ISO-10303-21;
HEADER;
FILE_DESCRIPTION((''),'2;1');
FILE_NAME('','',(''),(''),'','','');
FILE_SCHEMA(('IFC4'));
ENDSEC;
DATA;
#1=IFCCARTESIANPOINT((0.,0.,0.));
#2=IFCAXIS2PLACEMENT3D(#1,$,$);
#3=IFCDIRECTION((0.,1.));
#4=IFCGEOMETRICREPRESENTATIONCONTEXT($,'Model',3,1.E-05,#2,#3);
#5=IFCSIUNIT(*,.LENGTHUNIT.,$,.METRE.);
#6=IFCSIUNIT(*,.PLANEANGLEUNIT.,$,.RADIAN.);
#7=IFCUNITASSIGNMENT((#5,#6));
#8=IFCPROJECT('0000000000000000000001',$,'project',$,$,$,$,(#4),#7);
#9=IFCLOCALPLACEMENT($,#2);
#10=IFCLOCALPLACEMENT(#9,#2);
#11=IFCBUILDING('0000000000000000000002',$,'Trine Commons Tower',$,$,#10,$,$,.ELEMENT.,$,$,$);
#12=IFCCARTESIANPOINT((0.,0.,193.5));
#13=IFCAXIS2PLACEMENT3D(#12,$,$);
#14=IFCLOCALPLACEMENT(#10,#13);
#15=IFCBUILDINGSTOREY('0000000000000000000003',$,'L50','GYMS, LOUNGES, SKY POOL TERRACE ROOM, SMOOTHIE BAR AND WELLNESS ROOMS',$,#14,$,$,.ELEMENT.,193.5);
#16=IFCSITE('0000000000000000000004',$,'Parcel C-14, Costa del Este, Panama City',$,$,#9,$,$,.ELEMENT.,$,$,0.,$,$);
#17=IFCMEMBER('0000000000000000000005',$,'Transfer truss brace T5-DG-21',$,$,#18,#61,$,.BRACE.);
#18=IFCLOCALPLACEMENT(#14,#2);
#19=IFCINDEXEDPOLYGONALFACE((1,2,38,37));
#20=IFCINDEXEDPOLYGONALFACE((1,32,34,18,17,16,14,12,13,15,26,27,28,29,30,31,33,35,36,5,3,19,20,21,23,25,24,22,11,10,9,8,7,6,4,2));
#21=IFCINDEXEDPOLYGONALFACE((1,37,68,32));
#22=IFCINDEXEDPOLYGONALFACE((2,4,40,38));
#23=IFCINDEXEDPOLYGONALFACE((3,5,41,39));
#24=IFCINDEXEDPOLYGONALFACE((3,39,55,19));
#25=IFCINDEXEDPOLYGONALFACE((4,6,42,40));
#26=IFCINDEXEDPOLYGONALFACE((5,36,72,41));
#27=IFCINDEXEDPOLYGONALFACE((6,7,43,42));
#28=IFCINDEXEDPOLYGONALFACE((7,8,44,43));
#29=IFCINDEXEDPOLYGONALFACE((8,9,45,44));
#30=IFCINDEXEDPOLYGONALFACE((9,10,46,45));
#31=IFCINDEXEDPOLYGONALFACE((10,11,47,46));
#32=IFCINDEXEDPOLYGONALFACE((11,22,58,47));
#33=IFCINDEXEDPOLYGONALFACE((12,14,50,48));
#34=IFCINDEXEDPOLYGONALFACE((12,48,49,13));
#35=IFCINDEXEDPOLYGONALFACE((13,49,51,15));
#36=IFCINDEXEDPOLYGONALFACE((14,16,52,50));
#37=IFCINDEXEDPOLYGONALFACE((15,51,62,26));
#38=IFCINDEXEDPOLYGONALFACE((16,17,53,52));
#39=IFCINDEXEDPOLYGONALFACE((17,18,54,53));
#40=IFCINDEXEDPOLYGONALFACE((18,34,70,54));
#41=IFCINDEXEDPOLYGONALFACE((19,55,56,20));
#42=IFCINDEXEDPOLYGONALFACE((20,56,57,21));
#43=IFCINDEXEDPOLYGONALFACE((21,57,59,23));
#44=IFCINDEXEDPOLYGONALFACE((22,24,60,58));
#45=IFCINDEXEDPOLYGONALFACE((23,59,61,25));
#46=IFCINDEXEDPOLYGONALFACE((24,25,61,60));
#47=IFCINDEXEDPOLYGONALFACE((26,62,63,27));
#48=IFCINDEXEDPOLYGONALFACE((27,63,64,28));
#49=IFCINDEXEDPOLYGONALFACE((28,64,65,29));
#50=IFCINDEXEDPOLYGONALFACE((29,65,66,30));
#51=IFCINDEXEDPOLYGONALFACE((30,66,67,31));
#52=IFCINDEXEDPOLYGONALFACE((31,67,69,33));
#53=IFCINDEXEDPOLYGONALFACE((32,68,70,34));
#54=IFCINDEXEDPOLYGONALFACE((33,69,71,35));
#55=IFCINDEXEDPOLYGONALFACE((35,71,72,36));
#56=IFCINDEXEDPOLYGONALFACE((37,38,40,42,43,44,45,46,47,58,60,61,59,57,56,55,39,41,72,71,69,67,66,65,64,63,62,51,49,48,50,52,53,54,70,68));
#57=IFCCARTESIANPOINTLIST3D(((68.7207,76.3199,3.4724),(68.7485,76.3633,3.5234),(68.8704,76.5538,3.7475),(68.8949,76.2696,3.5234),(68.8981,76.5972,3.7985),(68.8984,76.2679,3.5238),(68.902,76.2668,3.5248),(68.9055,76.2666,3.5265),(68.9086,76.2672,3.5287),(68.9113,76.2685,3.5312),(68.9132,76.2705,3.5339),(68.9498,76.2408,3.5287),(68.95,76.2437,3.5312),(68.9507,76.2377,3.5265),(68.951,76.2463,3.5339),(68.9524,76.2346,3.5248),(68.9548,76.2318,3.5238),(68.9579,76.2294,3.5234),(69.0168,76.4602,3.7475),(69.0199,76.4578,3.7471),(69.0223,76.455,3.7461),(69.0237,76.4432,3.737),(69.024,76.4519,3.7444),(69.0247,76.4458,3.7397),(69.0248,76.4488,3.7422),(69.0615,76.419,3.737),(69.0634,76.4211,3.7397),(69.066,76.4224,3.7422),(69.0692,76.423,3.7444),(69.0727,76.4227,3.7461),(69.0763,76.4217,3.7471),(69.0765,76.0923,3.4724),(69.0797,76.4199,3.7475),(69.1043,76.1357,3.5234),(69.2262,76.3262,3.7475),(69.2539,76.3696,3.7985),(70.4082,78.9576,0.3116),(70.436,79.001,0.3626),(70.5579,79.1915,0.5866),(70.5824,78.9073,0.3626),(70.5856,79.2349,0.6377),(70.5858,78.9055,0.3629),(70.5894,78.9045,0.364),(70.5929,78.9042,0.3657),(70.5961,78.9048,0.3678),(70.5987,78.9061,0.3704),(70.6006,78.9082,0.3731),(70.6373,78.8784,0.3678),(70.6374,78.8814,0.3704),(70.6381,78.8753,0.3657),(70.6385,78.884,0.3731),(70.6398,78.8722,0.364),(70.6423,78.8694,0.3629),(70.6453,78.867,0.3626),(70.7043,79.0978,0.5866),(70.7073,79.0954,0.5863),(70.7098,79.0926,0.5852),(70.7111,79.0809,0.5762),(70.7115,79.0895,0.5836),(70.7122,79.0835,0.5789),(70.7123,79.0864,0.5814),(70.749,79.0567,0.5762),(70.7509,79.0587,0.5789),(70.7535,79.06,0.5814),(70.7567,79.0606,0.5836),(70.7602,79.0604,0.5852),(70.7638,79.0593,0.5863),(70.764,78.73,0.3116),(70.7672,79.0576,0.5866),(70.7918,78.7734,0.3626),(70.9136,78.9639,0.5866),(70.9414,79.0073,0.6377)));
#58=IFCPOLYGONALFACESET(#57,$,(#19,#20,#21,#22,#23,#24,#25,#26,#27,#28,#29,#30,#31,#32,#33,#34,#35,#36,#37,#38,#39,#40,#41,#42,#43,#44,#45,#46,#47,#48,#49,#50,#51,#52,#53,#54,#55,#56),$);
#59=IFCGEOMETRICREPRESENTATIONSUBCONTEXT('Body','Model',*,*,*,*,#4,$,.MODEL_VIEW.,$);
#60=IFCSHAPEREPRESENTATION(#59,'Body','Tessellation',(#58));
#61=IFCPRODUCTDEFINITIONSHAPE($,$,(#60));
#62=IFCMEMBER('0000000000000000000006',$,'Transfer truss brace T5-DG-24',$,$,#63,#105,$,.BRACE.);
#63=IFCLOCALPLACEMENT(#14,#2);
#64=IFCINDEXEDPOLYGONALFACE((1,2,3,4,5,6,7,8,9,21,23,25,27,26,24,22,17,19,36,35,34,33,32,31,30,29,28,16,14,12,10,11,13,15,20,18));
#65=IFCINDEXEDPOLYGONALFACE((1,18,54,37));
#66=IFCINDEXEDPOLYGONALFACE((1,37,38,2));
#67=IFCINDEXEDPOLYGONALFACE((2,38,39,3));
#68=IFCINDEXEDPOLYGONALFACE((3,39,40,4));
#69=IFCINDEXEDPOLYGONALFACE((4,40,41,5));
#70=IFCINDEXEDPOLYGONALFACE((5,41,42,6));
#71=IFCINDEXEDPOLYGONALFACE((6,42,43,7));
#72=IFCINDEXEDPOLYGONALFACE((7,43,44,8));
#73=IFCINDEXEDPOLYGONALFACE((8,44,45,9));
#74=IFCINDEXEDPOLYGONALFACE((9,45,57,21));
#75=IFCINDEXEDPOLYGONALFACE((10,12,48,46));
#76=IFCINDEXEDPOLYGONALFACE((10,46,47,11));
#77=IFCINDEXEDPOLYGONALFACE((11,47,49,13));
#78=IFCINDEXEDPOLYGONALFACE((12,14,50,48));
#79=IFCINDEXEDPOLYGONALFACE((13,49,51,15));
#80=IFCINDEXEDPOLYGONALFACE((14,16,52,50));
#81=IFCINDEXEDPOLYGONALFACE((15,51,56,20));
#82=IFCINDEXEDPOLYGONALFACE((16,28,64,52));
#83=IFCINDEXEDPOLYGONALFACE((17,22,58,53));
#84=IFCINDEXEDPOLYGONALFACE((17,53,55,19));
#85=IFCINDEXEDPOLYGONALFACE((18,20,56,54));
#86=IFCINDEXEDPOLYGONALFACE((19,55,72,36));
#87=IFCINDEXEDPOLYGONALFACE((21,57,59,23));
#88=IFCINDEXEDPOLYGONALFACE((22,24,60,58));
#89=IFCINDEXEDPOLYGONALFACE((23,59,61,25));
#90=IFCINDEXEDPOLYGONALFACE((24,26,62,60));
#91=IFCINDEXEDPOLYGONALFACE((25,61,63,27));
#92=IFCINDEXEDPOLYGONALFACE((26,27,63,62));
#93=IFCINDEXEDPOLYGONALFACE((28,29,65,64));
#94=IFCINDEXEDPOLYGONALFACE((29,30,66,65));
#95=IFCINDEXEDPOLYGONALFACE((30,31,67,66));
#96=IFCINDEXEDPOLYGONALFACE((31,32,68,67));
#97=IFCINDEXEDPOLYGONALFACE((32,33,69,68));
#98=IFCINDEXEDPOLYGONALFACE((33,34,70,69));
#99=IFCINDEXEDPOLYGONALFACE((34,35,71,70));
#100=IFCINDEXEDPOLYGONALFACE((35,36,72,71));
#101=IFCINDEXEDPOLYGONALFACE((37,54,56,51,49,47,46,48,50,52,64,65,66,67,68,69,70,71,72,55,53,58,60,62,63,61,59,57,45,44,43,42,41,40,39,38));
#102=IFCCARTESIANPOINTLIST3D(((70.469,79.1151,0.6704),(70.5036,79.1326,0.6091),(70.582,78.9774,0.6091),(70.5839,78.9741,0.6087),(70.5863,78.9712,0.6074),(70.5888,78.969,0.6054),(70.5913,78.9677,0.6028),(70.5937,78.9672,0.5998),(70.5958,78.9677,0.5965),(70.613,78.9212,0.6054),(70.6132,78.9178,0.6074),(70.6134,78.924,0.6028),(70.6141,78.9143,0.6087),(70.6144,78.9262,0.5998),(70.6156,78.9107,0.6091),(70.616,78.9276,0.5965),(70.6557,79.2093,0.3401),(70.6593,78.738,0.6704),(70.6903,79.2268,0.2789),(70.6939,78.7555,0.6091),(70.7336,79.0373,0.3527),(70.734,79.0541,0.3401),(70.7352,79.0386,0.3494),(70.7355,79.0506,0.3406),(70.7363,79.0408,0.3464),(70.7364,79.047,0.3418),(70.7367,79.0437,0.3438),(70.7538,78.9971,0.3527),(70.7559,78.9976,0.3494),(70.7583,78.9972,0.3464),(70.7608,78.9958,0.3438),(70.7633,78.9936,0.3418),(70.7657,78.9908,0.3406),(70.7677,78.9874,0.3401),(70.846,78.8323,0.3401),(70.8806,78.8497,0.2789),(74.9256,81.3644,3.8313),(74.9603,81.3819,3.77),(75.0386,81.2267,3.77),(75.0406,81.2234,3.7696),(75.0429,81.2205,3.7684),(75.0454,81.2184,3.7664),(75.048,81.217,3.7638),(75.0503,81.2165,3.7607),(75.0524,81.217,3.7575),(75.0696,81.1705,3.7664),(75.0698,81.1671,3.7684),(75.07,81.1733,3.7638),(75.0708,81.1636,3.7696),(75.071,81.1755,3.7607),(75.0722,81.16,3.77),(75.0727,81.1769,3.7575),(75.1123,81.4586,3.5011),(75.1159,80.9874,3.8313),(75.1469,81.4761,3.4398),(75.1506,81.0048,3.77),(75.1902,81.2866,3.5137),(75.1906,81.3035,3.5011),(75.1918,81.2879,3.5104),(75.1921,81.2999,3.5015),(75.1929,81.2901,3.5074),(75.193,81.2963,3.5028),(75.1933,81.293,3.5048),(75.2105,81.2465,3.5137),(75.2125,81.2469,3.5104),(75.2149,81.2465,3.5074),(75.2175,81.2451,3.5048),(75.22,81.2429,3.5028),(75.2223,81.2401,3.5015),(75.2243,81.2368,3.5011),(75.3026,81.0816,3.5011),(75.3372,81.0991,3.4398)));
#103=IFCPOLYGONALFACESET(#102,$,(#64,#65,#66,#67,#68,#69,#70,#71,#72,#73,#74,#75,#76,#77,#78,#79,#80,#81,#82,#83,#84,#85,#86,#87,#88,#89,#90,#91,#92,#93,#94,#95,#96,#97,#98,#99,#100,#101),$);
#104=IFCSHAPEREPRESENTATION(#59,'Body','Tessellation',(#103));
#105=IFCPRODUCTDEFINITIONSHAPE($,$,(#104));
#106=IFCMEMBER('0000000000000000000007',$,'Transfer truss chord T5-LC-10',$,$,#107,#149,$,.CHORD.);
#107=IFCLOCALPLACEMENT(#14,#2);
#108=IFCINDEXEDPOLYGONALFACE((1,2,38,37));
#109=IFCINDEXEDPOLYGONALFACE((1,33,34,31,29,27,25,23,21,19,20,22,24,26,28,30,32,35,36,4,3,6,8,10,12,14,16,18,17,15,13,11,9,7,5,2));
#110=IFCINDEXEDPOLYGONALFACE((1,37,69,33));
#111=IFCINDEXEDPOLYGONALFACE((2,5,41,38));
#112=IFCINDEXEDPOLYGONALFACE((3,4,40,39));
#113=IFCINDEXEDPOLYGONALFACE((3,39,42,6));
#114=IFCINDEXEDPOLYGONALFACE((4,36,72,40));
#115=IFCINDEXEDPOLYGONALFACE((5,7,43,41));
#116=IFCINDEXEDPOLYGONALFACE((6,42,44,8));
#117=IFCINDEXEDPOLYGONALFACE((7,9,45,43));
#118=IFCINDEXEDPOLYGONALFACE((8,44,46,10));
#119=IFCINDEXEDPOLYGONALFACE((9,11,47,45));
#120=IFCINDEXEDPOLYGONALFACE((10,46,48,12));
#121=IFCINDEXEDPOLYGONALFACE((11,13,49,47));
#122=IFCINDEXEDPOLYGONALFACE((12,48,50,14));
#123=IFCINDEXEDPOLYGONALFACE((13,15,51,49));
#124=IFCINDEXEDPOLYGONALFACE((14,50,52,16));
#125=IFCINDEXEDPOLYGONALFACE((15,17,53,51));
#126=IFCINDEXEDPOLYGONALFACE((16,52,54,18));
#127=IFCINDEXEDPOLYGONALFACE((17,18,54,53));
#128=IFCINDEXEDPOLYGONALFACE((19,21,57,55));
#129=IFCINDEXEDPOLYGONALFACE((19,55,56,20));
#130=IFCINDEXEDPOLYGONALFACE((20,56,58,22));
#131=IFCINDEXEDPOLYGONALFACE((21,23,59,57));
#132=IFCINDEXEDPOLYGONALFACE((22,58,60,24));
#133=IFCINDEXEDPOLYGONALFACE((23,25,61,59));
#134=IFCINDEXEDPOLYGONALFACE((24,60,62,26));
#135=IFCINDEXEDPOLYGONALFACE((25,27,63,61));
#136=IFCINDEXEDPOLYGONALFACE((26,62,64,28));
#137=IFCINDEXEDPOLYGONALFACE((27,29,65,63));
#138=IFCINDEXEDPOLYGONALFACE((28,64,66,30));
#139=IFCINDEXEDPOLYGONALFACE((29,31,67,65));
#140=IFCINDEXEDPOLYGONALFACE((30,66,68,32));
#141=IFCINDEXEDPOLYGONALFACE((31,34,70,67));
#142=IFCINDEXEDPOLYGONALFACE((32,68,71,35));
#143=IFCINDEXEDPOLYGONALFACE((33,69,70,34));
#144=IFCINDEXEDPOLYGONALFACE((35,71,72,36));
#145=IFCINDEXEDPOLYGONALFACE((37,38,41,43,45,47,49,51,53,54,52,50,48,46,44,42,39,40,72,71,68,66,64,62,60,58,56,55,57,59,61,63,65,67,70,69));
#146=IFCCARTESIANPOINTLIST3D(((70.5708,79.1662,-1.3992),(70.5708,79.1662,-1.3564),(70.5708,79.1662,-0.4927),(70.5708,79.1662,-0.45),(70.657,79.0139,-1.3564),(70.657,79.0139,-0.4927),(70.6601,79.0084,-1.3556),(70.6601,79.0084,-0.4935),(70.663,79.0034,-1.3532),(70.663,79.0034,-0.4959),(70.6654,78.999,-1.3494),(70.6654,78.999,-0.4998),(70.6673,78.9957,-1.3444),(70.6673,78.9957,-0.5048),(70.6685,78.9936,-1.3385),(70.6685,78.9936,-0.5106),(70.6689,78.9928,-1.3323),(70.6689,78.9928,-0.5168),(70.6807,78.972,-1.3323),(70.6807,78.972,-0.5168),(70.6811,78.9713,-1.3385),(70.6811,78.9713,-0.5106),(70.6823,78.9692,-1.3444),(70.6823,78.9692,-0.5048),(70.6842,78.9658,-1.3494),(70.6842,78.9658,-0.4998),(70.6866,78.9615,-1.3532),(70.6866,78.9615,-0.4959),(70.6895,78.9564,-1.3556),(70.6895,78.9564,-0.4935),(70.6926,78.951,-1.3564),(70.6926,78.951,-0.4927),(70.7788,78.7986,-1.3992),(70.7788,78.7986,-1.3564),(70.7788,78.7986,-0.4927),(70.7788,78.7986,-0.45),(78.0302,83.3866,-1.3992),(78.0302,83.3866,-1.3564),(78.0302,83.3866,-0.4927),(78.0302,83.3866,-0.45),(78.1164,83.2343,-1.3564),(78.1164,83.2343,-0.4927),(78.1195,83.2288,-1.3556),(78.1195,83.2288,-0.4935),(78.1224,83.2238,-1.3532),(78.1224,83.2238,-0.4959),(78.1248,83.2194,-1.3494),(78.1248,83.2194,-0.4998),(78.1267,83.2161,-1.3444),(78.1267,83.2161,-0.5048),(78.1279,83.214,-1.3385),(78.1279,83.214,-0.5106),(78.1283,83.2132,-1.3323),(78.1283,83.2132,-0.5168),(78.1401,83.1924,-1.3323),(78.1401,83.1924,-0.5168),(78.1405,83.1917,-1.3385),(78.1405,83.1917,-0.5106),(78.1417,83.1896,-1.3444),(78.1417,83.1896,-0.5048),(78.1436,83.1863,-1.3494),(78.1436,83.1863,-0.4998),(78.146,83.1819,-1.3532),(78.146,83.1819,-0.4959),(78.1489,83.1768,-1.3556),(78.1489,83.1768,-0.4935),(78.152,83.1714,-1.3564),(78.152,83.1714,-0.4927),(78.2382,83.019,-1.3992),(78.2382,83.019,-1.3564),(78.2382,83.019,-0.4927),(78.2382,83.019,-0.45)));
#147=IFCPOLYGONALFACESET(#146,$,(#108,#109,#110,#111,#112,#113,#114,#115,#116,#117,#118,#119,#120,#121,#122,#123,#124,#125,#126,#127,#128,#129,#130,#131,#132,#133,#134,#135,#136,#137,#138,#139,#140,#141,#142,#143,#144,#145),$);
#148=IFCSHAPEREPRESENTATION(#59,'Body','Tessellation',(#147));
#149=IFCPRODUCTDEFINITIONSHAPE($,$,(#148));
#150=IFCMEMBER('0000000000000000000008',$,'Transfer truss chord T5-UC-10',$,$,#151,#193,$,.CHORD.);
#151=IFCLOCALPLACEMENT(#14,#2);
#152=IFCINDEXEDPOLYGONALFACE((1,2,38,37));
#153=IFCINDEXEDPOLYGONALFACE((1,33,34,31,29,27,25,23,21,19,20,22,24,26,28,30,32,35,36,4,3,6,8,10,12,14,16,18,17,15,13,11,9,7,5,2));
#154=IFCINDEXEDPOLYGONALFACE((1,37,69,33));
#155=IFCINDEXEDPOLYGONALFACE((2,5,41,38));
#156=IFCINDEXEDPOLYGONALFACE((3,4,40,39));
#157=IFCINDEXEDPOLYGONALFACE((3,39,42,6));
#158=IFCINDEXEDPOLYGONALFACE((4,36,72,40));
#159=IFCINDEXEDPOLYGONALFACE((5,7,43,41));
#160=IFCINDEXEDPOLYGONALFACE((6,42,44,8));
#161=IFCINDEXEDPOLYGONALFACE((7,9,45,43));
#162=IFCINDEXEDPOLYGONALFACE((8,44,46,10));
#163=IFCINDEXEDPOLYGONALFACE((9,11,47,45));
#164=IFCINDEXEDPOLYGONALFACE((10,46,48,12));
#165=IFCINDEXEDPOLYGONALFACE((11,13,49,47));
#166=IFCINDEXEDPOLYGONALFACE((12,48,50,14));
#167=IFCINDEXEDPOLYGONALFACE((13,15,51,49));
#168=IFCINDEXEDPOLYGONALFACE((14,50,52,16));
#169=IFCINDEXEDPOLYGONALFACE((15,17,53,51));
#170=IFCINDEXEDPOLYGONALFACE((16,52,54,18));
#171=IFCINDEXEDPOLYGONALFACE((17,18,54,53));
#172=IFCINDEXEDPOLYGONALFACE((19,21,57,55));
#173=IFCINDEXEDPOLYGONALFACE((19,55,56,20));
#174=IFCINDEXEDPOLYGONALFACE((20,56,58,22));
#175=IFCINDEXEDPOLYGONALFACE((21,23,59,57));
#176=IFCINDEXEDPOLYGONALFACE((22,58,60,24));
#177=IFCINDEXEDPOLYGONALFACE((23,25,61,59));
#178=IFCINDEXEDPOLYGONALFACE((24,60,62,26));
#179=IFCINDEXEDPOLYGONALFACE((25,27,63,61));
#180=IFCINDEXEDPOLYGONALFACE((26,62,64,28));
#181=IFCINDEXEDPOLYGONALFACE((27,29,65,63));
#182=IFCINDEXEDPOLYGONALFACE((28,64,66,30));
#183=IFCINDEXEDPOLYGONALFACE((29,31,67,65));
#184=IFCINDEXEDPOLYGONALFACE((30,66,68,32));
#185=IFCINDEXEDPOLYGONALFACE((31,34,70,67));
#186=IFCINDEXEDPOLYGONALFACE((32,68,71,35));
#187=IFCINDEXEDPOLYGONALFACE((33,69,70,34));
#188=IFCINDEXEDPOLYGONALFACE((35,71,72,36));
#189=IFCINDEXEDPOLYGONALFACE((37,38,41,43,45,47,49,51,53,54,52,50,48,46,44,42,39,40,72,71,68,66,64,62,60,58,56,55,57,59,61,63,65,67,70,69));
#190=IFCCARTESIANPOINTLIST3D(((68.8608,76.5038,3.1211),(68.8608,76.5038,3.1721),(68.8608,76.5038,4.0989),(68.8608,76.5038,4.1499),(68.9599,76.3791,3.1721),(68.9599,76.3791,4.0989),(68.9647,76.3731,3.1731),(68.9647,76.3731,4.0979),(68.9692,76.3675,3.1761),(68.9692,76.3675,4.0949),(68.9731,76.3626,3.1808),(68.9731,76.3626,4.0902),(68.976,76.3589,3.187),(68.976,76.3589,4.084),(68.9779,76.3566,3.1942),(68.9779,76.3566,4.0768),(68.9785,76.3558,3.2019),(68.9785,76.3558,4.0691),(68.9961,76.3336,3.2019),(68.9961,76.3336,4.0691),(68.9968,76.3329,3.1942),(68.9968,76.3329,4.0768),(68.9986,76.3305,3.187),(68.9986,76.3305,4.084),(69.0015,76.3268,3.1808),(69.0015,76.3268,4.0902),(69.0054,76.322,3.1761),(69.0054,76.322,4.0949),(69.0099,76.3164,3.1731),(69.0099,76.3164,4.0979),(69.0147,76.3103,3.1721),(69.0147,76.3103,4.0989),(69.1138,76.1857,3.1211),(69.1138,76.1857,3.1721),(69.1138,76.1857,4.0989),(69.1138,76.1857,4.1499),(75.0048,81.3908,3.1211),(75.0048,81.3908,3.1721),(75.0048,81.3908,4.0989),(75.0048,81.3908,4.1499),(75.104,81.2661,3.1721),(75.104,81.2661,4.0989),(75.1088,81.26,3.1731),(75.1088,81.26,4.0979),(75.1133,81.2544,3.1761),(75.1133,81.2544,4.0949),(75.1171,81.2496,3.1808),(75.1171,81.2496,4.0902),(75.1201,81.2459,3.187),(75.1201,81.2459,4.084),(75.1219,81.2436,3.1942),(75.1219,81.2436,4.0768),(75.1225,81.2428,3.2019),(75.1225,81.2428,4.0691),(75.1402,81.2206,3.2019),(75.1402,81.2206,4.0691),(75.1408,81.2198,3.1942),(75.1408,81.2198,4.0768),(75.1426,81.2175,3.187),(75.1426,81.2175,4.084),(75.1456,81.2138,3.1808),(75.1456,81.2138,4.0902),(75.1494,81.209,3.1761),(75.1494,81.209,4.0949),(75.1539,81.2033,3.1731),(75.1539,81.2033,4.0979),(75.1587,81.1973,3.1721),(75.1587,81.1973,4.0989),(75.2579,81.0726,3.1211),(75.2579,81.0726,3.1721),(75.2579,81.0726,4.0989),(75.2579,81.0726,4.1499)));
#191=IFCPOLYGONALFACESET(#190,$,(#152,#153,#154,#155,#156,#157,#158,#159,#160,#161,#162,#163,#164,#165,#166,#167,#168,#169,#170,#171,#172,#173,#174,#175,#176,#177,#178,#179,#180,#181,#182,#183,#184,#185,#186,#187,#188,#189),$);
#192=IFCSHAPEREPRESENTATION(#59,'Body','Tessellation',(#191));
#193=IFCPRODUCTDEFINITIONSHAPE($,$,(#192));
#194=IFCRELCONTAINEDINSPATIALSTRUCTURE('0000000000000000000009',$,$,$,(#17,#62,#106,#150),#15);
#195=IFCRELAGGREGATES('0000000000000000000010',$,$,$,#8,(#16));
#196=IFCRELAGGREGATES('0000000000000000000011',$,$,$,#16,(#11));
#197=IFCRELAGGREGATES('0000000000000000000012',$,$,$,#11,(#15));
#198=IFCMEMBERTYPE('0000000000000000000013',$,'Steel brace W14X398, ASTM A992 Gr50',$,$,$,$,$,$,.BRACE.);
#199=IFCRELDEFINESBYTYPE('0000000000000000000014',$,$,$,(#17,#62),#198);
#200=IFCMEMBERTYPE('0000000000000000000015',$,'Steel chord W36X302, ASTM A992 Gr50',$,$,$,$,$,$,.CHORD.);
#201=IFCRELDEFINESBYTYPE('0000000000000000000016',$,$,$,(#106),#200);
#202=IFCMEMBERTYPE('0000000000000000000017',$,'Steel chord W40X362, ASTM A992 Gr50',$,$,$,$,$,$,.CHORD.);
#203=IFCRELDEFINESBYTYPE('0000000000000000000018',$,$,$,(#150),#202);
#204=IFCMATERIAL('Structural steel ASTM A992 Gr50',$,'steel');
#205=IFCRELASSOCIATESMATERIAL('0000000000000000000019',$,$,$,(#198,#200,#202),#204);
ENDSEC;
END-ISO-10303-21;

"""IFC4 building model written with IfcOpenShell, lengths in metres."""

from ifc_helpers import new_model, si_unit, direction, frame, origin, origin_2d, place, context, subcontext, project, spatial, i_section, extrude, material, material_profile, profile_set, type_object, element, save


model = new_model("IFC4")

# Units and contexts
model_context = context("Model", 3, precision=1e-05, world=origin(), true_north=direction((0.0, 1.0)))
body_context = subcontext(model_context, "Body", "Model", "MODEL_VIEW")
ifc_project = project(units=[si_unit("LENGTHUNIT", "METRE"), si_unit("PLANEANGLEUNIT", "RADIAN")], contexts=[model_context])

# Site, building, storey
site_placement = place(None, origin())
site = spatial("IfcSite", under=ifc_project, at=site_placement, Name="Parcel C-14, Costa del Este, Panama City", CompositionType="ELEMENT", RefElevation=0.0)
building_placement = place(site_placement, origin())
building = spatial("IfcBuilding", under=site, at=building_placement, Name="Trine Commons Tower", CompositionType="ELEMENT")
storey_placement = place(building_placement, frame((0.0, 0.0, 193.5)))
storey = spatial("IfcBuildingStorey", under=building, at=storey_placement, Name="L50", Description="GYMS, LOUNGES, SKY POOL TERRACE ROOM, SMOOTHIE BAR AND WELLNESS ROOMS", CompositionType="ELEMENT", Elevation=193.5)

# Members
ifc_material_1 = material(Name="Structural steel ASTM A992 Gr50", Category="steel")
ifc_material_profile_1 = material_profile(ifc_material_1, i_section(OverallWidth=0.4224, OverallDepth=0.4634, WebThickness=0.0449, FlangeThickness=0.0725, FilletRadius=0.0149, at=origin_2d()), Name="W14X398")
ifc_profile_set_1 = profile_set([ifc_material_profile_1], Name="Structural steel ASTM A992 Gr50")
member_type_1 = type_object("IfcMemberType", Name="Steel brace W14X398, ASTM A992 Gr50", PredefinedType="BRACE", material=ifc_profile_set_1)
member_1_placement = place(storey_placement, frame((70.6748, 78.9824, 0.4746), z_axis=(-0.379273, -0.592833, 0.710423), x_axis=(0.842362, -0.538912, 0.0)))
element("IfcMember", 1, at=member_1_placement, inside=storey, type_object=member_type_1, Name="Transfer truss brace T5-DG-21", PredefinedType="BRACE", context=body_context, shape_type="SweptSolid", body=[
    extrude(i_section(OverallWidth=0.4224, OverallDepth=0.4634, WebThickness=0.0449, FlangeThickness=0.0725, FilletRadius=0.0149, at=origin_2d()), origin(), (0.0, 0.0, 1.0), 4.4492),
])
member_2_placement = place(storey_placement, frame((70.6748, 78.9824, 0.4746), z_axis=(0.754251, 0.380679, 0.534967), x_axis=(-0.450575, 0.892738, 0.0)))
element("IfcMember", 2, at=member_2_placement, inside=storey, type_object=member_type_1, Name="Transfer truss brace T5-DG-24", PredefinedType="BRACE", context=body_context, shape_type="SweptSolid", body=[
    extrude(i_section(OverallWidth=0.4224, OverallDepth=0.4634, WebThickness=0.0449, FlangeThickness=0.0725, FilletRadius=0.0149, at=origin_2d()), origin(), (0.0, 0.0, 1.0), 5.9087),
])
ifc_material_profile_2 = material_profile(ifc_material_1, i_section(OverallWidth=0.4224, OverallDepth=0.9492, WebThickness=0.0239, FlangeThickness=0.0427, FilletRadius=0.0242, at=origin_2d()), Name="W36X302")
ifc_profile_set_2 = profile_set([ifc_material_profile_2], Name="Structural steel ASTM A992 Gr50")
member_type_2 = type_object("IfcMemberType", Name="Steel chord W36X302, ASTM A992 Gr50", PredefinedType="CHORD", material=ifc_profile_set_2)
member_3_placement = place(storey_placement, frame((70.6748, 78.9824, -0.9246), z_axis=(0.870351, 0.492432, 0.0), x_axis=(-0.492432, 0.870351, 0.0)))
element("IfcMember", 3, at=member_3_placement, inside=storey, type_object=member_type_2, Name="Transfer truss chord T5-LC-10", PredefinedType="CHORD", context=body_context, shape_type="SweptSolid", body=[
    extrude(i_section(OverallWidth=0.4224, OverallDepth=0.9492, WebThickness=0.0239, FlangeThickness=0.0427, FilletRadius=0.0242, at=origin_2d()), origin(), (0.0, 0.0, 1.0), 8.5706),
])
ifc_material_profile_3 = material_profile(ifc_material_1, i_section(OverallWidth=0.4065, OverallDepth=1.0288, WebThickness=0.0283, FlangeThickness=0.051, FilletRadius=0.0298, at=origin_2d()), Name="W40X362")
ifc_profile_set_3 = profile_set([ifc_material_profile_3], Name="Structural steel ASTM A992 Gr50")
member_type_3 = type_object("IfcMemberType", Name="Steel chord W40X362, ASTM A992 Gr50", PredefinedType="CHORD", material=ifc_profile_set_3)
member_4_placement = place(storey_placement, frame((68.9873, 76.3447, 3.6355), z_axis=(0.782622, 0.622497, 0.0), x_axis=(-0.622497, 0.782622, 0.0)))
element("IfcMember", 4, at=member_4_placement, inside=storey, type_object=member_type_3, Name="Transfer truss chord T5-UC-10", PredefinedType="CHORD", context=body_context, shape_type="SweptSolid", body=[
    extrude(i_section(OverallWidth=0.4065, OverallDepth=1.0288, WebThickness=0.0283, FlangeThickness=0.051, FilletRadius=0.0298, at=origin_2d()), origin(), (0.0, 0.0, 1.0), 7.8506),
])

save(model, "model.ifc")
